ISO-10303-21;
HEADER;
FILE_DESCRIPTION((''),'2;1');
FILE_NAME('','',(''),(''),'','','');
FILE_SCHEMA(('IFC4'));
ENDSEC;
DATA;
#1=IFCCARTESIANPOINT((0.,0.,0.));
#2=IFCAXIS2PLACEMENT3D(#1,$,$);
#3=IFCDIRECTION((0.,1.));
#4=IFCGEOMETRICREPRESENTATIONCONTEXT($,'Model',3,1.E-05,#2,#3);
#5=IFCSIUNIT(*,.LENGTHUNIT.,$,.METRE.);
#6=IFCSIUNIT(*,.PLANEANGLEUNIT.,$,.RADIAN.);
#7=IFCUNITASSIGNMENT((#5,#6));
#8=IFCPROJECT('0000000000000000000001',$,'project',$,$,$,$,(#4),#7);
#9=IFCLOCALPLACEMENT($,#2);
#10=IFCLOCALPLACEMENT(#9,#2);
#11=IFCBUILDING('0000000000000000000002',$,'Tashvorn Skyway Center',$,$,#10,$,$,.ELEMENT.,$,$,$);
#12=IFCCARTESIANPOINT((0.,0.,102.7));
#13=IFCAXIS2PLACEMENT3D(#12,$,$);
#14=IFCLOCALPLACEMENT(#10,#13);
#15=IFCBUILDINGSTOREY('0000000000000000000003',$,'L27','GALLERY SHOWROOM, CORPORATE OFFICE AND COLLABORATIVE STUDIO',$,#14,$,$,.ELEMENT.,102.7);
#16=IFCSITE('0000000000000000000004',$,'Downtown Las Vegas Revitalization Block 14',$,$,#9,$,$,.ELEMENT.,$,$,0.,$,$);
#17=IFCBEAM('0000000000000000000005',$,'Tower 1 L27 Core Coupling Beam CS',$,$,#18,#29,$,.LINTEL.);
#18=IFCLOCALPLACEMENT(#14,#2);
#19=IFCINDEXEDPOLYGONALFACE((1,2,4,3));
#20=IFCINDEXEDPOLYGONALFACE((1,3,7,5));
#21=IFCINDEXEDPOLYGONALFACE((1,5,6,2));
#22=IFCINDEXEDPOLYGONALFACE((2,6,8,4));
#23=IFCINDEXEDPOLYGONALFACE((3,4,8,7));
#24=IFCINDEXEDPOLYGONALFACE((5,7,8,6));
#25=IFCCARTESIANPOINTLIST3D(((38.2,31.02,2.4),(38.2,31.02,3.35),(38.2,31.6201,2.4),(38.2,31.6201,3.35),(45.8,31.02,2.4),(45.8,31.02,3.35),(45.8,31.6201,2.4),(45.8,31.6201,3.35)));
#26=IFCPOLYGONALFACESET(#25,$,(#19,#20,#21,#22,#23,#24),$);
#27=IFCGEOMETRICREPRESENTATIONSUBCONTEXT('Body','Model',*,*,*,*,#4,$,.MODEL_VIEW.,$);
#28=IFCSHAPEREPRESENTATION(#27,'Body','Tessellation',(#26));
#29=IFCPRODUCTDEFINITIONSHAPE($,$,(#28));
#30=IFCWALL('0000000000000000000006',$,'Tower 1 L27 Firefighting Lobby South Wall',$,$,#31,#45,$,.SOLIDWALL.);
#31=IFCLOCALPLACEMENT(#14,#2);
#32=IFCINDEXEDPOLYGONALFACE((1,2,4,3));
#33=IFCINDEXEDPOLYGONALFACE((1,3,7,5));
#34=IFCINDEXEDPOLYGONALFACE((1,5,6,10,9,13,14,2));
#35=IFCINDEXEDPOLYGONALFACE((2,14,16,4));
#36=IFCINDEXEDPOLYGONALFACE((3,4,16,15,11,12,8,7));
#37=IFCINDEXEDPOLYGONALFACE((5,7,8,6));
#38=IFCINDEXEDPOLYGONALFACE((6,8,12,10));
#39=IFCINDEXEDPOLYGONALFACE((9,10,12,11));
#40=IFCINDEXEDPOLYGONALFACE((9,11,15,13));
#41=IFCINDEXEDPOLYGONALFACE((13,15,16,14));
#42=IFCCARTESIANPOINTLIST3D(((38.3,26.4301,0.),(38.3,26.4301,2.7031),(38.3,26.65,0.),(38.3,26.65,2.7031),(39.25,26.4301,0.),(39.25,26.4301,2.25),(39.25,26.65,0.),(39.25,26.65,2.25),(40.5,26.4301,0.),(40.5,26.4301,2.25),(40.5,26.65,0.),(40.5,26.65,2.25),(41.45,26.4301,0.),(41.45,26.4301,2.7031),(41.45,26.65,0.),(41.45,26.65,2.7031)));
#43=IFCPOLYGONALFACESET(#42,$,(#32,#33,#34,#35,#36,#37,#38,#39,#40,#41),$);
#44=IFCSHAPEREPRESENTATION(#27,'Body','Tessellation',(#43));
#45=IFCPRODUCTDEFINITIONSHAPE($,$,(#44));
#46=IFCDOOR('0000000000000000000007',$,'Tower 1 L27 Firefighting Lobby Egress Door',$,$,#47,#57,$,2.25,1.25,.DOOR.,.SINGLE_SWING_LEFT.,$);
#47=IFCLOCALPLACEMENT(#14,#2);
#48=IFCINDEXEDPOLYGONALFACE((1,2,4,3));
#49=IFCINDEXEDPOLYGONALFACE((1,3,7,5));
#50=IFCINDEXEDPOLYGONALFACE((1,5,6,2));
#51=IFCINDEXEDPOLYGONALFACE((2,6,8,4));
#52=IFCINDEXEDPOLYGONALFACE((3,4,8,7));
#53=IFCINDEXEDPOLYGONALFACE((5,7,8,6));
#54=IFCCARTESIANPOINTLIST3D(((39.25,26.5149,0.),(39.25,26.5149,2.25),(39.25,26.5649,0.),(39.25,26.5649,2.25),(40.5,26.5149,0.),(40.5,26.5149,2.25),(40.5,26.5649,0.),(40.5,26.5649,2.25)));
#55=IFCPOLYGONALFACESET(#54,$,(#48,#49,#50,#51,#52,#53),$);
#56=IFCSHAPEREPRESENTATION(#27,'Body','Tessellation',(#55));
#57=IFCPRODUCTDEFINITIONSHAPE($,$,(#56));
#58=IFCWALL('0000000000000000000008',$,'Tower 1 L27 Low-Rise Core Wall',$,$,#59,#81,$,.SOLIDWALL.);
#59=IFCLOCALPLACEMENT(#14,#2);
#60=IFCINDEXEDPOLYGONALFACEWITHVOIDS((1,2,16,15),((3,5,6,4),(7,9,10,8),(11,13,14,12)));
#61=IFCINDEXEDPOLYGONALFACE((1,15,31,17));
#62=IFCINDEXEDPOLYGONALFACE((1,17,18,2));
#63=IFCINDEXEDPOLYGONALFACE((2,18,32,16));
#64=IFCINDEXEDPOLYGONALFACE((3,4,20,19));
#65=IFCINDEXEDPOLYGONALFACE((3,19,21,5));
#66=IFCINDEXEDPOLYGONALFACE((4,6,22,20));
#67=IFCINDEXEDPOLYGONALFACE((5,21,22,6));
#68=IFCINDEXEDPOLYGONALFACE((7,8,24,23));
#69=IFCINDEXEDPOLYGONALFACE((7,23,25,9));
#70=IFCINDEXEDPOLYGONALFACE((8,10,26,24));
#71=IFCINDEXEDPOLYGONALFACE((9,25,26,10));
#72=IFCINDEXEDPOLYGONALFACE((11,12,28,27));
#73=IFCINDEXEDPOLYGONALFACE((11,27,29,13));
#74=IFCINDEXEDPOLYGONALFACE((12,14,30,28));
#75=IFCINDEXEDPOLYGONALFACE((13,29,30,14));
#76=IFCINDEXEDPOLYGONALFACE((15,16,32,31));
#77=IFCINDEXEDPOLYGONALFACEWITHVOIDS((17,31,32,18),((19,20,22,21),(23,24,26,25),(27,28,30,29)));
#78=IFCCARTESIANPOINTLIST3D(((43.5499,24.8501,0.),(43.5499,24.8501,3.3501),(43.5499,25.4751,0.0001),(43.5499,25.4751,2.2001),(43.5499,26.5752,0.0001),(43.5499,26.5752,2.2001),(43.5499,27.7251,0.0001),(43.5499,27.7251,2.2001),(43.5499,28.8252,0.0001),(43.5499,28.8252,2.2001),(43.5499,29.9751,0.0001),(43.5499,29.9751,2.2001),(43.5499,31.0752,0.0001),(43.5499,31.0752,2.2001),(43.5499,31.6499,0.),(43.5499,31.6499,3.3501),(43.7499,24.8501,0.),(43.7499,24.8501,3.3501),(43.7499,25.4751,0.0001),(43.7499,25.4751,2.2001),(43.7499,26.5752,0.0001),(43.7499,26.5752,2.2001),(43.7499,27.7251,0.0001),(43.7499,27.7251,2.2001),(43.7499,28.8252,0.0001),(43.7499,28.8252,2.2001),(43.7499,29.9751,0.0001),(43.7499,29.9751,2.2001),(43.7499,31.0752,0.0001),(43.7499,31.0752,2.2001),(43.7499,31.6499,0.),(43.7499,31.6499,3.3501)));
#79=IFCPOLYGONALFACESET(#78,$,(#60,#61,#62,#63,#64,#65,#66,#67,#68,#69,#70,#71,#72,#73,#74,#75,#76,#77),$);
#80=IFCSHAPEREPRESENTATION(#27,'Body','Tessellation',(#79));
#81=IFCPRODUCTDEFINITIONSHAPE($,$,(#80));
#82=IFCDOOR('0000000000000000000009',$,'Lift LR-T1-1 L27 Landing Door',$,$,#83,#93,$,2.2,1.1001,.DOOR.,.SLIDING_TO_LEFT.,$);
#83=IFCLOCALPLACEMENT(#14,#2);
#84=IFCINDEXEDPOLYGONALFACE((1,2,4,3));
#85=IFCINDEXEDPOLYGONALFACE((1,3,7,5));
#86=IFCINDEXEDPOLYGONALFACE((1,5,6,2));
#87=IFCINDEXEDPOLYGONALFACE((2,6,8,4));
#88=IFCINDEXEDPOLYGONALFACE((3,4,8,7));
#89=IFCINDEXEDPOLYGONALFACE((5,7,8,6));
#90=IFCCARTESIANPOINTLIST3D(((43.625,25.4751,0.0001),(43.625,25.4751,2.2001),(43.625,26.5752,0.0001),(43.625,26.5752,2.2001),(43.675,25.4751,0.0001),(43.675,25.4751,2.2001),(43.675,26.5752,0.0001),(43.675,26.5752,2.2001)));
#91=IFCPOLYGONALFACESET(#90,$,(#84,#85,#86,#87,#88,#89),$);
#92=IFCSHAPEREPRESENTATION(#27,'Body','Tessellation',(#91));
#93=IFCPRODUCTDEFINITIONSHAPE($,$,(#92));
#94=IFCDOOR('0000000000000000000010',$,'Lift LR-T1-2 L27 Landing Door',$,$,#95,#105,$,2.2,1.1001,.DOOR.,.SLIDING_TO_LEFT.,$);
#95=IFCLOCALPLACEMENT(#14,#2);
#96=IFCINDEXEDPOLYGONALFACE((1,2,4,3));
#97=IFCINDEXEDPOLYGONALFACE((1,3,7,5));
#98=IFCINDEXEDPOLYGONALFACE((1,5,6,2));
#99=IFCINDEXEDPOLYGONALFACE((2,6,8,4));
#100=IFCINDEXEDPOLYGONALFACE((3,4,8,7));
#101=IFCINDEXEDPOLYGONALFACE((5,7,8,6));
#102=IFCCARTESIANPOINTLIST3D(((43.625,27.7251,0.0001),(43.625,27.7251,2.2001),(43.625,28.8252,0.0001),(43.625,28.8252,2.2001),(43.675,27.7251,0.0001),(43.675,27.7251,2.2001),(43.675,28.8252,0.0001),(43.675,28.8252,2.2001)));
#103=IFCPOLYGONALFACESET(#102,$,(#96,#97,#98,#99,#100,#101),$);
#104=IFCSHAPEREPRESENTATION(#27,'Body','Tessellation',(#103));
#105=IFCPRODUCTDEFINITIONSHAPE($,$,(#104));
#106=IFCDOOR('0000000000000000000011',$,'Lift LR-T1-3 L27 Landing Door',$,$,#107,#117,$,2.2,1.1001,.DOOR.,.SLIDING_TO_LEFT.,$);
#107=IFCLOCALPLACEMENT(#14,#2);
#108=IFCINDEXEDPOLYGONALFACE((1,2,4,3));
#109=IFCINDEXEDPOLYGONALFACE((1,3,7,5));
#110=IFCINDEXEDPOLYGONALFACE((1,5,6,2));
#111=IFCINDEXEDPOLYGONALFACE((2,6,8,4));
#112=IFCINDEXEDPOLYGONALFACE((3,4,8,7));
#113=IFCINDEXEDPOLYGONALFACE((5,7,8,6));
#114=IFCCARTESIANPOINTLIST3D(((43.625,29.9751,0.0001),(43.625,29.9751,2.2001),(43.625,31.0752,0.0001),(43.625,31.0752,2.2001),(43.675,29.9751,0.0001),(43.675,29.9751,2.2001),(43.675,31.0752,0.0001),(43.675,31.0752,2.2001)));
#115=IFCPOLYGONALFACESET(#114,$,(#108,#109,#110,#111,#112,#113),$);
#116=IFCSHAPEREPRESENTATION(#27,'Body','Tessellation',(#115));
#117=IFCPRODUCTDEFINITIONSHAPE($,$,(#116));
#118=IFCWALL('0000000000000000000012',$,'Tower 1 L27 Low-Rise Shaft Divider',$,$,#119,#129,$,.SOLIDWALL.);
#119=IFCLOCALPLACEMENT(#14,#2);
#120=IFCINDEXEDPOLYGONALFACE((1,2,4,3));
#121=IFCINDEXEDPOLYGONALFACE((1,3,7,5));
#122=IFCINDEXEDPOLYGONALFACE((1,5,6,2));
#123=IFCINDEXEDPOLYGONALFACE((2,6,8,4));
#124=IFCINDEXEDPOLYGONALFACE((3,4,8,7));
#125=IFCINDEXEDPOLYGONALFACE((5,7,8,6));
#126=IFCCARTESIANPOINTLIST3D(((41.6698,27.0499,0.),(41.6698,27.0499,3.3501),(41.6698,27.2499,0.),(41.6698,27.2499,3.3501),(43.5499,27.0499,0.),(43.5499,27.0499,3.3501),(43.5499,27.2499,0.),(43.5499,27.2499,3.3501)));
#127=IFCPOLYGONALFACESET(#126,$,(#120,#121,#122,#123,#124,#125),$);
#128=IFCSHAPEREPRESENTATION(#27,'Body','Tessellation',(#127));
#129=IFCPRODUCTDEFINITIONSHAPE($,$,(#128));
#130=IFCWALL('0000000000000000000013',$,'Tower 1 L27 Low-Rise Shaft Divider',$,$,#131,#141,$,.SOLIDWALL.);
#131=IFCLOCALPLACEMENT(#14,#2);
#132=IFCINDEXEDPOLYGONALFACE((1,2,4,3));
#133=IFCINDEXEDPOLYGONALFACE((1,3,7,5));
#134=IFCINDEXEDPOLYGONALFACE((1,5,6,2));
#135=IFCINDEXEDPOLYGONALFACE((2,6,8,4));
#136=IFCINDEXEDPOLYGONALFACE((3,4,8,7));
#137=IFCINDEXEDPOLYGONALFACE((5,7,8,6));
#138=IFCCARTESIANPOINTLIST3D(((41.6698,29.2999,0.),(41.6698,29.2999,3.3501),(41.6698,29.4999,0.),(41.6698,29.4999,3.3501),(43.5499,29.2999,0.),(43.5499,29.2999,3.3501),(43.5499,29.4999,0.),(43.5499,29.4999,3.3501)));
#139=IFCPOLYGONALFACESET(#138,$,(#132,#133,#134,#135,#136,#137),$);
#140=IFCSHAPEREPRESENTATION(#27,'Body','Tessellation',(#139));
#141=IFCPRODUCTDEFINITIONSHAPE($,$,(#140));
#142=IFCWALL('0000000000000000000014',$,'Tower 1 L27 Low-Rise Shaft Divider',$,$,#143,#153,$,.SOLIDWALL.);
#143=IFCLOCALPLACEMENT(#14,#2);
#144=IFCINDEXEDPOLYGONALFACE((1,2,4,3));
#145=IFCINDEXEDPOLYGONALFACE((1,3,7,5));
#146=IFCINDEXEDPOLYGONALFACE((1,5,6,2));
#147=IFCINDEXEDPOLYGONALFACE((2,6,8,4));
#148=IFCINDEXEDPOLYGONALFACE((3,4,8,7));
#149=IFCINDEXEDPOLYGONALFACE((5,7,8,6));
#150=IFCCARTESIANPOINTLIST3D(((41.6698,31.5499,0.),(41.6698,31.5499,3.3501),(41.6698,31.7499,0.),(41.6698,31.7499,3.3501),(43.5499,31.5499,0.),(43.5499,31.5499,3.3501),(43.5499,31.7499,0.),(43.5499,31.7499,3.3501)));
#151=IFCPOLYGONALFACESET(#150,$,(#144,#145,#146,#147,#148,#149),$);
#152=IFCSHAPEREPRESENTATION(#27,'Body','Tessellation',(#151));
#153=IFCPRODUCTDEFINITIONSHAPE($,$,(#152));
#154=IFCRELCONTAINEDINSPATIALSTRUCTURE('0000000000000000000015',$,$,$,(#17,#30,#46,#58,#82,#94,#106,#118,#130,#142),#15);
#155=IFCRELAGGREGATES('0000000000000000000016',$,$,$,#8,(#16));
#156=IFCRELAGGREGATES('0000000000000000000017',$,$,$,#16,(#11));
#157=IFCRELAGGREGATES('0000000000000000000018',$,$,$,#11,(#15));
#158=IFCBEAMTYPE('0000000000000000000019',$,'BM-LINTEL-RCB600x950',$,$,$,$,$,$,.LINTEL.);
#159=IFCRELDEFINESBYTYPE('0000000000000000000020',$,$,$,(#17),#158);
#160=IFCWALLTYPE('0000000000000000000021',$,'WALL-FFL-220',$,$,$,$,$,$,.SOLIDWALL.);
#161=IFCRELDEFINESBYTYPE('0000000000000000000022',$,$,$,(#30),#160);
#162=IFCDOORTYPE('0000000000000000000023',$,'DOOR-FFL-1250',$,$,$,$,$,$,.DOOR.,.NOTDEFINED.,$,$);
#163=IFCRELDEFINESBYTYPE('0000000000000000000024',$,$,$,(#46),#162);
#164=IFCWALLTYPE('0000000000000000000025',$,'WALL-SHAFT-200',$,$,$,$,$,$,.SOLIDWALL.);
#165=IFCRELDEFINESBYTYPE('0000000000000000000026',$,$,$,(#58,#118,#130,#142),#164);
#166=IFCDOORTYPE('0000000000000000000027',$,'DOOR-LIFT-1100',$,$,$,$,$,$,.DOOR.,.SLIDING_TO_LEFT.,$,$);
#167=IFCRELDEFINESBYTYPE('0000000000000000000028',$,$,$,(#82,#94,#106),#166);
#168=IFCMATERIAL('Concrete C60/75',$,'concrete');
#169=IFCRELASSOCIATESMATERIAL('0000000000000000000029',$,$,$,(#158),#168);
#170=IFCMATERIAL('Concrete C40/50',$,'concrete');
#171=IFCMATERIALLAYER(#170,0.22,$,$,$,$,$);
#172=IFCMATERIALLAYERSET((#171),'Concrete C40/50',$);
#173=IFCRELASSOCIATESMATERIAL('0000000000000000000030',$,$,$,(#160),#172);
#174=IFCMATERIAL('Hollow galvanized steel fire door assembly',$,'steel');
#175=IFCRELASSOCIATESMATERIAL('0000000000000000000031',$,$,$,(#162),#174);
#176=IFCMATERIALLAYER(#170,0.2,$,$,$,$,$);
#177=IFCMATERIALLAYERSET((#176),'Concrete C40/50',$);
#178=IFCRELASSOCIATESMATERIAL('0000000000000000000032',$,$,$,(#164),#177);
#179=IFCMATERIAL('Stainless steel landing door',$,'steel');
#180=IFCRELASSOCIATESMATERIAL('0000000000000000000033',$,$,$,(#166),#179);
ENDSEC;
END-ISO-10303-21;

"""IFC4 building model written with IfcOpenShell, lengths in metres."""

from ifc_helpers import new_model, si_unit, direction, frame, frame_2d, origin, origin_2d, place, context, subcontext, project, spatial, rectangle, extrude, material, layer, layer_set, material_profile, profile_set, type_object, element, fill, save


model = new_model("IFC4")

# Units and contexts
model_context = context("Model", 3, precision=1e-05, world=origin(), true_north=direction((0.0, 1.0)))
body_context = subcontext(model_context, "Body", "Model", "MODEL_VIEW")
ifc_project = project(units=[si_unit("LENGTHUNIT", "METRE"), si_unit("PLANEANGLEUNIT", "RADIAN")], contexts=[model_context])

# Site, building, storey
site_placement = place(None, origin())
site = spatial("IfcSite", under=ifc_project, at=site_placement, Name="Downtown Las Vegas Revitalization Block 14", CompositionType="ELEMENT", RefElevation=0.0)
building_placement = place(site_placement, origin())
building = spatial("IfcBuilding", under=site, at=building_placement, Name="Tashvorn Skyway Center", CompositionType="ELEMENT")
storey_placement = place(building_placement, frame((0.0, 0.0, 102.7)))
storey = spatial("IfcBuildingStorey", under=building, at=storey_placement, Name="L27", Description="GALLERY SHOWROOM, CORPORATE OFFICE AND COLLABORATIVE STUDIO", CompositionType="ELEMENT", Elevation=102.7)

# Beam
ifc_material_1 = material(Name="Concrete C60/75", Category="concrete")
ifc_material_profile = material_profile(ifc_material_1, rectangle(XDim=0.6001, YDim=0.95, at=origin_2d()), Name="RCB600x950")
ifc_profile_set = profile_set([ifc_material_profile], Name="Concrete C60/75")
beam_type = type_object("IfcBeamType", Name="BM-LINTEL-RCB600x950", PredefinedType="LINTEL", material=ifc_profile_set)
beam_placement = place(storey_placement, frame((38.2, 31.3201, 2.875), z_axis=(1.0, 0.0, 0.0), x_axis=(0.0, 1.0, 0.0)))
element("IfcBeam", 1, at=beam_placement, inside=storey, type_object=beam_type, Name="Tower 1 L27 Core Coupling Beam CS", PredefinedType="LINTEL", context=body_context, shape_type="SweptSolid", body=[
    extrude(rectangle(XDim=0.6001, YDim=0.95, at=origin_2d()), origin(), (0.0, 0.0, 1.0), 7.6001),
])

# Wall, opening, door
ifc_material_2 = material(Name="Concrete C40/50", Category="concrete")
ifc_layer_1 = layer(ifc_material_2, 0.22)
ifc_layer_set_1 = layer_set([ifc_layer_1], Name="Concrete C40/50")
wall_type_1 = type_object("IfcWallType", Name="WALL-FFL-220", PredefinedType="SOLIDWALL", material=ifc_layer_set_1)
wall_1_placement = place(storey_placement, frame((38.3, 26.54, 0.0), z_axis=(0.0, 0.0, 1.0), x_axis=(1.0, 0.0, 0.0)))
wall_1 = element("IfcWall", 2, at=wall_1_placement, inside=storey, type_object=wall_type_1, Name="Tower 1 L27 Firefighting Lobby South Wall", PredefinedType="SOLIDWALL", context=body_context, shape_type="SweptSolid", body=[
    extrude(rectangle(XDim=3.1499, YDim=0.22, at=frame_2d((1.575, 0.0))), origin(), (0.0, 0.0, 1.0), 2.7031),
])
opening_1_placement = place(wall_1_placement, frame((0.95, 0.0, 0.0)))
opening_1 = element("IfcOpeningElement", 3, at=opening_1_placement, cuts=wall_1, PredefinedType="OPENING", context=body_context, shape_type="SweptSolid", body=[
    extrude(rectangle(XDim=1.25, YDim=2.25, at=frame_2d((0.625, 1.125))), frame((0.0, 0.1199, 0.0), z_axis=(0.0, -1.0, 0.0), x_axis=(1.0, 0.0, 0.0)), (0.0, 0.0, 1.0), 0.24),
])
ifc_material_3 = material(Name="Hollow galvanized steel fire door assembly", Category="steel")
door_type_1 = type_object("IfcDoorType", Name="DOOR-FFL-1250", OperationType="NOTDEFINED", PredefinedType="DOOR", material=ifc_material_3)
door_1_placement = place(opening_1_placement, origin())
door_1 = element("IfcDoor", 4, at=door_1_placement, inside=storey, type_object=door_type_1, Name="Tower 1 L27 Firefighting Lobby Egress Door", OperationType="SINGLE_SWING_LEFT", OverallHeight=2.25, OverallWidth=1.25, PredefinedType="DOOR", context=body_context, shape_type="SweptSolid", body=[
    extrude(rectangle(XDim=1.25, YDim=2.25, at=frame_2d((0.625, 1.125))), frame((0.0, 0.0249, 0.0), z_axis=(0.0, -1.0, 0.0), x_axis=(1.0, 0.0, 0.0)), (0.0, 0.0, 1.0), 0.05),
])
fill(opening_1, door_1)

# Wall, openings, doors
ifc_layer_2 = layer(ifc_material_2, 0.2)
ifc_layer_set_2 = layer_set([ifc_layer_2], Name="Concrete C40/50")
wall_type_2 = type_object("IfcWallType", Name="WALL-SHAFT-200", PredefinedType="SOLIDWALL", material=ifc_layer_set_2)
wall_2_placement = place(storey_placement, frame((43.6499, 24.8501, 0.0), z_axis=(0.0, 0.0, 1.0), x_axis=(0.0, 1.0, 0.0)))
wall_2 = element("IfcWall", 5, at=wall_2_placement, inside=storey, type_object=wall_type_2, Name="Tower 1 L27 Low-Rise Core Wall", PredefinedType="SOLIDWALL", context=body_context, shape_type="SweptSolid", body=[
    extrude(rectangle(XDim=6.7998, YDim=0.2, at=frame_2d((3.3999, 0.0))), origin(), (0.0, 0.0, 1.0), 3.3501),
])
opening_2_placement = place(wall_2_placement, frame((0.625, 0.0, 0.0)))
opening_2 = element("IfcOpeningElement", 6, at=opening_2_placement, cuts=wall_2, PredefinedType="OPENING", context=body_context, shape_type="SweptSolid", body=[
    extrude(rectangle(XDim=1.1001, YDim=2.2, at=frame_2d((0.55, 1.1001))), frame((0.0, 0.1099, 0.0), z_axis=(0.0, -1.0, 0.0), x_axis=(1.0, 0.0, 0.0)), (0.0, 0.0, 1.0), 0.22),
])
opening_3_placement = place(wall_2_placement, frame((2.875, 0.0, 0.0)))
opening_3 = element("IfcOpeningElement", 7, at=opening_3_placement, cuts=wall_2, PredefinedType="OPENING", context=body_context, shape_type="SweptSolid", body=[
    extrude(rectangle(XDim=1.1001, YDim=2.2, at=frame_2d((0.55, 1.1001))), frame((0.0, 0.1099, 0.0), z_axis=(0.0, -1.0, 0.0), x_axis=(1.0, 0.0, 0.0)), (0.0, 0.0, 1.0), 0.22),
])
opening_4_placement = place(wall_2_placement, frame((5.125, 0.0, 0.0)))
opening_4 = element("IfcOpeningElement", 8, at=opening_4_placement, cuts=wall_2, PredefinedType="OPENING", context=body_context, shape_type="SweptSolid", body=[
    extrude(rectangle(XDim=1.1001, YDim=2.2, at=frame_2d((0.55, 1.1001))), frame((0.0, 0.1099, 0.0), z_axis=(0.0, -1.0, 0.0), x_axis=(1.0, 0.0, 0.0)), (0.0, 0.0, 1.0), 0.22),
])
ifc_material_4 = material(Name="Stainless steel landing door", Category="steel")
door_type_2 = type_object("IfcDoorType", Name="DOOR-LIFT-1100", OperationType="SLIDING_TO_LEFT", PredefinedType="DOOR", material=ifc_material_4)
door_2_placement = place(opening_2_placement, origin())
door_2 = element("IfcDoor", 9, at=door_2_placement, inside=storey, type_object=door_type_2, Name="Lift LR-T1-1 L27 Landing Door", OperationType="SLIDING_TO_LEFT", OverallHeight=2.2, OverallWidth=1.1001, PredefinedType="DOOR", context=body_context, shape_type="SweptSolid", body=[
    extrude(rectangle(XDim=1.1001, YDim=2.2, at=frame_2d((0.55, 1.1001))), frame((0.0, 0.0249, 0.0), z_axis=(0.0, -1.0, 0.0), x_axis=(1.0, 0.0, 0.0)), (0.0, 0.0, 1.0), 0.05),
])
fill(opening_2, door_2)
door_3_placement = place(opening_3_placement, origin())
door_3 = element("IfcDoor", 10, at=door_3_placement, inside=storey, type_object=door_type_2, Name="Lift LR-T1-2 L27 Landing Door", OperationType="SLIDING_TO_LEFT", OverallHeight=2.2, OverallWidth=1.1001, PredefinedType="DOOR", context=body_context, shape_type="SweptSolid", body=[
    extrude(rectangle(XDim=1.1001, YDim=2.2, at=frame_2d((0.55, 1.1001))), frame((0.0, 0.0249, 0.0), z_axis=(0.0, -1.0, 0.0), x_axis=(1.0, 0.0, 0.0)), (0.0, 0.0, 1.0), 0.05),
])
fill(opening_3, door_3)
door_4_placement = place(opening_4_placement, origin())
door_4 = element("IfcDoor", 11, at=door_4_placement, inside=storey, type_object=door_type_2, Name="Lift LR-T1-3 L27 Landing Door", OperationType="SLIDING_TO_LEFT", OverallHeight=2.2, OverallWidth=1.1001, PredefinedType="DOOR", context=body_context, shape_type="SweptSolid", body=[
    extrude(rectangle(XDim=1.1001, YDim=2.2, at=frame_2d((0.55, 1.1001))), frame((0.0, 0.0249, 0.0), z_axis=(0.0, -1.0, 0.0), x_axis=(1.0, 0.0, 0.0)), (0.0, 0.0, 1.0), 0.05),
])
fill(opening_4, door_4)

# Walls
for number, where, z_axis, x_axis, name in (
    (12, (41.6699, 27.1499, 0.0), (0.0, 0.0, 1.0), (1.0, 0.0, 0.0), "Tower 1 L27 Low-Rise Shaft Divider"),
    (13, (41.6699, 29.3999, 0.0), (0.0, 0.0, 1.0), (1.0, 0.0, 0.0), "Tower 1 L27 Low-Rise Shaft Divider"),
    (14, (41.6699, 31.6499, 0.0), (0.0, 0.0, 1.0), (1.0, 0.0, 0.0), "Tower 1 L27 Low-Rise Shaft Divider"),
):
    element("IfcWall", number, at=place(storey_placement, frame(where, z_axis=z_axis, x_axis=x_axis)), inside=storey, type_object=wall_type_2, Name=name, PredefinedType="SOLIDWALL", context=body_context, shape_type="SweptSolid", body=[
        extrude(rectangle(XDim=1.8801, YDim=0.2, at=frame_2d((0.9399, 0.0))), origin(), (0.0, 0.0, 1.0), 3.3501),
    ])

save(model, "model.ifc")
